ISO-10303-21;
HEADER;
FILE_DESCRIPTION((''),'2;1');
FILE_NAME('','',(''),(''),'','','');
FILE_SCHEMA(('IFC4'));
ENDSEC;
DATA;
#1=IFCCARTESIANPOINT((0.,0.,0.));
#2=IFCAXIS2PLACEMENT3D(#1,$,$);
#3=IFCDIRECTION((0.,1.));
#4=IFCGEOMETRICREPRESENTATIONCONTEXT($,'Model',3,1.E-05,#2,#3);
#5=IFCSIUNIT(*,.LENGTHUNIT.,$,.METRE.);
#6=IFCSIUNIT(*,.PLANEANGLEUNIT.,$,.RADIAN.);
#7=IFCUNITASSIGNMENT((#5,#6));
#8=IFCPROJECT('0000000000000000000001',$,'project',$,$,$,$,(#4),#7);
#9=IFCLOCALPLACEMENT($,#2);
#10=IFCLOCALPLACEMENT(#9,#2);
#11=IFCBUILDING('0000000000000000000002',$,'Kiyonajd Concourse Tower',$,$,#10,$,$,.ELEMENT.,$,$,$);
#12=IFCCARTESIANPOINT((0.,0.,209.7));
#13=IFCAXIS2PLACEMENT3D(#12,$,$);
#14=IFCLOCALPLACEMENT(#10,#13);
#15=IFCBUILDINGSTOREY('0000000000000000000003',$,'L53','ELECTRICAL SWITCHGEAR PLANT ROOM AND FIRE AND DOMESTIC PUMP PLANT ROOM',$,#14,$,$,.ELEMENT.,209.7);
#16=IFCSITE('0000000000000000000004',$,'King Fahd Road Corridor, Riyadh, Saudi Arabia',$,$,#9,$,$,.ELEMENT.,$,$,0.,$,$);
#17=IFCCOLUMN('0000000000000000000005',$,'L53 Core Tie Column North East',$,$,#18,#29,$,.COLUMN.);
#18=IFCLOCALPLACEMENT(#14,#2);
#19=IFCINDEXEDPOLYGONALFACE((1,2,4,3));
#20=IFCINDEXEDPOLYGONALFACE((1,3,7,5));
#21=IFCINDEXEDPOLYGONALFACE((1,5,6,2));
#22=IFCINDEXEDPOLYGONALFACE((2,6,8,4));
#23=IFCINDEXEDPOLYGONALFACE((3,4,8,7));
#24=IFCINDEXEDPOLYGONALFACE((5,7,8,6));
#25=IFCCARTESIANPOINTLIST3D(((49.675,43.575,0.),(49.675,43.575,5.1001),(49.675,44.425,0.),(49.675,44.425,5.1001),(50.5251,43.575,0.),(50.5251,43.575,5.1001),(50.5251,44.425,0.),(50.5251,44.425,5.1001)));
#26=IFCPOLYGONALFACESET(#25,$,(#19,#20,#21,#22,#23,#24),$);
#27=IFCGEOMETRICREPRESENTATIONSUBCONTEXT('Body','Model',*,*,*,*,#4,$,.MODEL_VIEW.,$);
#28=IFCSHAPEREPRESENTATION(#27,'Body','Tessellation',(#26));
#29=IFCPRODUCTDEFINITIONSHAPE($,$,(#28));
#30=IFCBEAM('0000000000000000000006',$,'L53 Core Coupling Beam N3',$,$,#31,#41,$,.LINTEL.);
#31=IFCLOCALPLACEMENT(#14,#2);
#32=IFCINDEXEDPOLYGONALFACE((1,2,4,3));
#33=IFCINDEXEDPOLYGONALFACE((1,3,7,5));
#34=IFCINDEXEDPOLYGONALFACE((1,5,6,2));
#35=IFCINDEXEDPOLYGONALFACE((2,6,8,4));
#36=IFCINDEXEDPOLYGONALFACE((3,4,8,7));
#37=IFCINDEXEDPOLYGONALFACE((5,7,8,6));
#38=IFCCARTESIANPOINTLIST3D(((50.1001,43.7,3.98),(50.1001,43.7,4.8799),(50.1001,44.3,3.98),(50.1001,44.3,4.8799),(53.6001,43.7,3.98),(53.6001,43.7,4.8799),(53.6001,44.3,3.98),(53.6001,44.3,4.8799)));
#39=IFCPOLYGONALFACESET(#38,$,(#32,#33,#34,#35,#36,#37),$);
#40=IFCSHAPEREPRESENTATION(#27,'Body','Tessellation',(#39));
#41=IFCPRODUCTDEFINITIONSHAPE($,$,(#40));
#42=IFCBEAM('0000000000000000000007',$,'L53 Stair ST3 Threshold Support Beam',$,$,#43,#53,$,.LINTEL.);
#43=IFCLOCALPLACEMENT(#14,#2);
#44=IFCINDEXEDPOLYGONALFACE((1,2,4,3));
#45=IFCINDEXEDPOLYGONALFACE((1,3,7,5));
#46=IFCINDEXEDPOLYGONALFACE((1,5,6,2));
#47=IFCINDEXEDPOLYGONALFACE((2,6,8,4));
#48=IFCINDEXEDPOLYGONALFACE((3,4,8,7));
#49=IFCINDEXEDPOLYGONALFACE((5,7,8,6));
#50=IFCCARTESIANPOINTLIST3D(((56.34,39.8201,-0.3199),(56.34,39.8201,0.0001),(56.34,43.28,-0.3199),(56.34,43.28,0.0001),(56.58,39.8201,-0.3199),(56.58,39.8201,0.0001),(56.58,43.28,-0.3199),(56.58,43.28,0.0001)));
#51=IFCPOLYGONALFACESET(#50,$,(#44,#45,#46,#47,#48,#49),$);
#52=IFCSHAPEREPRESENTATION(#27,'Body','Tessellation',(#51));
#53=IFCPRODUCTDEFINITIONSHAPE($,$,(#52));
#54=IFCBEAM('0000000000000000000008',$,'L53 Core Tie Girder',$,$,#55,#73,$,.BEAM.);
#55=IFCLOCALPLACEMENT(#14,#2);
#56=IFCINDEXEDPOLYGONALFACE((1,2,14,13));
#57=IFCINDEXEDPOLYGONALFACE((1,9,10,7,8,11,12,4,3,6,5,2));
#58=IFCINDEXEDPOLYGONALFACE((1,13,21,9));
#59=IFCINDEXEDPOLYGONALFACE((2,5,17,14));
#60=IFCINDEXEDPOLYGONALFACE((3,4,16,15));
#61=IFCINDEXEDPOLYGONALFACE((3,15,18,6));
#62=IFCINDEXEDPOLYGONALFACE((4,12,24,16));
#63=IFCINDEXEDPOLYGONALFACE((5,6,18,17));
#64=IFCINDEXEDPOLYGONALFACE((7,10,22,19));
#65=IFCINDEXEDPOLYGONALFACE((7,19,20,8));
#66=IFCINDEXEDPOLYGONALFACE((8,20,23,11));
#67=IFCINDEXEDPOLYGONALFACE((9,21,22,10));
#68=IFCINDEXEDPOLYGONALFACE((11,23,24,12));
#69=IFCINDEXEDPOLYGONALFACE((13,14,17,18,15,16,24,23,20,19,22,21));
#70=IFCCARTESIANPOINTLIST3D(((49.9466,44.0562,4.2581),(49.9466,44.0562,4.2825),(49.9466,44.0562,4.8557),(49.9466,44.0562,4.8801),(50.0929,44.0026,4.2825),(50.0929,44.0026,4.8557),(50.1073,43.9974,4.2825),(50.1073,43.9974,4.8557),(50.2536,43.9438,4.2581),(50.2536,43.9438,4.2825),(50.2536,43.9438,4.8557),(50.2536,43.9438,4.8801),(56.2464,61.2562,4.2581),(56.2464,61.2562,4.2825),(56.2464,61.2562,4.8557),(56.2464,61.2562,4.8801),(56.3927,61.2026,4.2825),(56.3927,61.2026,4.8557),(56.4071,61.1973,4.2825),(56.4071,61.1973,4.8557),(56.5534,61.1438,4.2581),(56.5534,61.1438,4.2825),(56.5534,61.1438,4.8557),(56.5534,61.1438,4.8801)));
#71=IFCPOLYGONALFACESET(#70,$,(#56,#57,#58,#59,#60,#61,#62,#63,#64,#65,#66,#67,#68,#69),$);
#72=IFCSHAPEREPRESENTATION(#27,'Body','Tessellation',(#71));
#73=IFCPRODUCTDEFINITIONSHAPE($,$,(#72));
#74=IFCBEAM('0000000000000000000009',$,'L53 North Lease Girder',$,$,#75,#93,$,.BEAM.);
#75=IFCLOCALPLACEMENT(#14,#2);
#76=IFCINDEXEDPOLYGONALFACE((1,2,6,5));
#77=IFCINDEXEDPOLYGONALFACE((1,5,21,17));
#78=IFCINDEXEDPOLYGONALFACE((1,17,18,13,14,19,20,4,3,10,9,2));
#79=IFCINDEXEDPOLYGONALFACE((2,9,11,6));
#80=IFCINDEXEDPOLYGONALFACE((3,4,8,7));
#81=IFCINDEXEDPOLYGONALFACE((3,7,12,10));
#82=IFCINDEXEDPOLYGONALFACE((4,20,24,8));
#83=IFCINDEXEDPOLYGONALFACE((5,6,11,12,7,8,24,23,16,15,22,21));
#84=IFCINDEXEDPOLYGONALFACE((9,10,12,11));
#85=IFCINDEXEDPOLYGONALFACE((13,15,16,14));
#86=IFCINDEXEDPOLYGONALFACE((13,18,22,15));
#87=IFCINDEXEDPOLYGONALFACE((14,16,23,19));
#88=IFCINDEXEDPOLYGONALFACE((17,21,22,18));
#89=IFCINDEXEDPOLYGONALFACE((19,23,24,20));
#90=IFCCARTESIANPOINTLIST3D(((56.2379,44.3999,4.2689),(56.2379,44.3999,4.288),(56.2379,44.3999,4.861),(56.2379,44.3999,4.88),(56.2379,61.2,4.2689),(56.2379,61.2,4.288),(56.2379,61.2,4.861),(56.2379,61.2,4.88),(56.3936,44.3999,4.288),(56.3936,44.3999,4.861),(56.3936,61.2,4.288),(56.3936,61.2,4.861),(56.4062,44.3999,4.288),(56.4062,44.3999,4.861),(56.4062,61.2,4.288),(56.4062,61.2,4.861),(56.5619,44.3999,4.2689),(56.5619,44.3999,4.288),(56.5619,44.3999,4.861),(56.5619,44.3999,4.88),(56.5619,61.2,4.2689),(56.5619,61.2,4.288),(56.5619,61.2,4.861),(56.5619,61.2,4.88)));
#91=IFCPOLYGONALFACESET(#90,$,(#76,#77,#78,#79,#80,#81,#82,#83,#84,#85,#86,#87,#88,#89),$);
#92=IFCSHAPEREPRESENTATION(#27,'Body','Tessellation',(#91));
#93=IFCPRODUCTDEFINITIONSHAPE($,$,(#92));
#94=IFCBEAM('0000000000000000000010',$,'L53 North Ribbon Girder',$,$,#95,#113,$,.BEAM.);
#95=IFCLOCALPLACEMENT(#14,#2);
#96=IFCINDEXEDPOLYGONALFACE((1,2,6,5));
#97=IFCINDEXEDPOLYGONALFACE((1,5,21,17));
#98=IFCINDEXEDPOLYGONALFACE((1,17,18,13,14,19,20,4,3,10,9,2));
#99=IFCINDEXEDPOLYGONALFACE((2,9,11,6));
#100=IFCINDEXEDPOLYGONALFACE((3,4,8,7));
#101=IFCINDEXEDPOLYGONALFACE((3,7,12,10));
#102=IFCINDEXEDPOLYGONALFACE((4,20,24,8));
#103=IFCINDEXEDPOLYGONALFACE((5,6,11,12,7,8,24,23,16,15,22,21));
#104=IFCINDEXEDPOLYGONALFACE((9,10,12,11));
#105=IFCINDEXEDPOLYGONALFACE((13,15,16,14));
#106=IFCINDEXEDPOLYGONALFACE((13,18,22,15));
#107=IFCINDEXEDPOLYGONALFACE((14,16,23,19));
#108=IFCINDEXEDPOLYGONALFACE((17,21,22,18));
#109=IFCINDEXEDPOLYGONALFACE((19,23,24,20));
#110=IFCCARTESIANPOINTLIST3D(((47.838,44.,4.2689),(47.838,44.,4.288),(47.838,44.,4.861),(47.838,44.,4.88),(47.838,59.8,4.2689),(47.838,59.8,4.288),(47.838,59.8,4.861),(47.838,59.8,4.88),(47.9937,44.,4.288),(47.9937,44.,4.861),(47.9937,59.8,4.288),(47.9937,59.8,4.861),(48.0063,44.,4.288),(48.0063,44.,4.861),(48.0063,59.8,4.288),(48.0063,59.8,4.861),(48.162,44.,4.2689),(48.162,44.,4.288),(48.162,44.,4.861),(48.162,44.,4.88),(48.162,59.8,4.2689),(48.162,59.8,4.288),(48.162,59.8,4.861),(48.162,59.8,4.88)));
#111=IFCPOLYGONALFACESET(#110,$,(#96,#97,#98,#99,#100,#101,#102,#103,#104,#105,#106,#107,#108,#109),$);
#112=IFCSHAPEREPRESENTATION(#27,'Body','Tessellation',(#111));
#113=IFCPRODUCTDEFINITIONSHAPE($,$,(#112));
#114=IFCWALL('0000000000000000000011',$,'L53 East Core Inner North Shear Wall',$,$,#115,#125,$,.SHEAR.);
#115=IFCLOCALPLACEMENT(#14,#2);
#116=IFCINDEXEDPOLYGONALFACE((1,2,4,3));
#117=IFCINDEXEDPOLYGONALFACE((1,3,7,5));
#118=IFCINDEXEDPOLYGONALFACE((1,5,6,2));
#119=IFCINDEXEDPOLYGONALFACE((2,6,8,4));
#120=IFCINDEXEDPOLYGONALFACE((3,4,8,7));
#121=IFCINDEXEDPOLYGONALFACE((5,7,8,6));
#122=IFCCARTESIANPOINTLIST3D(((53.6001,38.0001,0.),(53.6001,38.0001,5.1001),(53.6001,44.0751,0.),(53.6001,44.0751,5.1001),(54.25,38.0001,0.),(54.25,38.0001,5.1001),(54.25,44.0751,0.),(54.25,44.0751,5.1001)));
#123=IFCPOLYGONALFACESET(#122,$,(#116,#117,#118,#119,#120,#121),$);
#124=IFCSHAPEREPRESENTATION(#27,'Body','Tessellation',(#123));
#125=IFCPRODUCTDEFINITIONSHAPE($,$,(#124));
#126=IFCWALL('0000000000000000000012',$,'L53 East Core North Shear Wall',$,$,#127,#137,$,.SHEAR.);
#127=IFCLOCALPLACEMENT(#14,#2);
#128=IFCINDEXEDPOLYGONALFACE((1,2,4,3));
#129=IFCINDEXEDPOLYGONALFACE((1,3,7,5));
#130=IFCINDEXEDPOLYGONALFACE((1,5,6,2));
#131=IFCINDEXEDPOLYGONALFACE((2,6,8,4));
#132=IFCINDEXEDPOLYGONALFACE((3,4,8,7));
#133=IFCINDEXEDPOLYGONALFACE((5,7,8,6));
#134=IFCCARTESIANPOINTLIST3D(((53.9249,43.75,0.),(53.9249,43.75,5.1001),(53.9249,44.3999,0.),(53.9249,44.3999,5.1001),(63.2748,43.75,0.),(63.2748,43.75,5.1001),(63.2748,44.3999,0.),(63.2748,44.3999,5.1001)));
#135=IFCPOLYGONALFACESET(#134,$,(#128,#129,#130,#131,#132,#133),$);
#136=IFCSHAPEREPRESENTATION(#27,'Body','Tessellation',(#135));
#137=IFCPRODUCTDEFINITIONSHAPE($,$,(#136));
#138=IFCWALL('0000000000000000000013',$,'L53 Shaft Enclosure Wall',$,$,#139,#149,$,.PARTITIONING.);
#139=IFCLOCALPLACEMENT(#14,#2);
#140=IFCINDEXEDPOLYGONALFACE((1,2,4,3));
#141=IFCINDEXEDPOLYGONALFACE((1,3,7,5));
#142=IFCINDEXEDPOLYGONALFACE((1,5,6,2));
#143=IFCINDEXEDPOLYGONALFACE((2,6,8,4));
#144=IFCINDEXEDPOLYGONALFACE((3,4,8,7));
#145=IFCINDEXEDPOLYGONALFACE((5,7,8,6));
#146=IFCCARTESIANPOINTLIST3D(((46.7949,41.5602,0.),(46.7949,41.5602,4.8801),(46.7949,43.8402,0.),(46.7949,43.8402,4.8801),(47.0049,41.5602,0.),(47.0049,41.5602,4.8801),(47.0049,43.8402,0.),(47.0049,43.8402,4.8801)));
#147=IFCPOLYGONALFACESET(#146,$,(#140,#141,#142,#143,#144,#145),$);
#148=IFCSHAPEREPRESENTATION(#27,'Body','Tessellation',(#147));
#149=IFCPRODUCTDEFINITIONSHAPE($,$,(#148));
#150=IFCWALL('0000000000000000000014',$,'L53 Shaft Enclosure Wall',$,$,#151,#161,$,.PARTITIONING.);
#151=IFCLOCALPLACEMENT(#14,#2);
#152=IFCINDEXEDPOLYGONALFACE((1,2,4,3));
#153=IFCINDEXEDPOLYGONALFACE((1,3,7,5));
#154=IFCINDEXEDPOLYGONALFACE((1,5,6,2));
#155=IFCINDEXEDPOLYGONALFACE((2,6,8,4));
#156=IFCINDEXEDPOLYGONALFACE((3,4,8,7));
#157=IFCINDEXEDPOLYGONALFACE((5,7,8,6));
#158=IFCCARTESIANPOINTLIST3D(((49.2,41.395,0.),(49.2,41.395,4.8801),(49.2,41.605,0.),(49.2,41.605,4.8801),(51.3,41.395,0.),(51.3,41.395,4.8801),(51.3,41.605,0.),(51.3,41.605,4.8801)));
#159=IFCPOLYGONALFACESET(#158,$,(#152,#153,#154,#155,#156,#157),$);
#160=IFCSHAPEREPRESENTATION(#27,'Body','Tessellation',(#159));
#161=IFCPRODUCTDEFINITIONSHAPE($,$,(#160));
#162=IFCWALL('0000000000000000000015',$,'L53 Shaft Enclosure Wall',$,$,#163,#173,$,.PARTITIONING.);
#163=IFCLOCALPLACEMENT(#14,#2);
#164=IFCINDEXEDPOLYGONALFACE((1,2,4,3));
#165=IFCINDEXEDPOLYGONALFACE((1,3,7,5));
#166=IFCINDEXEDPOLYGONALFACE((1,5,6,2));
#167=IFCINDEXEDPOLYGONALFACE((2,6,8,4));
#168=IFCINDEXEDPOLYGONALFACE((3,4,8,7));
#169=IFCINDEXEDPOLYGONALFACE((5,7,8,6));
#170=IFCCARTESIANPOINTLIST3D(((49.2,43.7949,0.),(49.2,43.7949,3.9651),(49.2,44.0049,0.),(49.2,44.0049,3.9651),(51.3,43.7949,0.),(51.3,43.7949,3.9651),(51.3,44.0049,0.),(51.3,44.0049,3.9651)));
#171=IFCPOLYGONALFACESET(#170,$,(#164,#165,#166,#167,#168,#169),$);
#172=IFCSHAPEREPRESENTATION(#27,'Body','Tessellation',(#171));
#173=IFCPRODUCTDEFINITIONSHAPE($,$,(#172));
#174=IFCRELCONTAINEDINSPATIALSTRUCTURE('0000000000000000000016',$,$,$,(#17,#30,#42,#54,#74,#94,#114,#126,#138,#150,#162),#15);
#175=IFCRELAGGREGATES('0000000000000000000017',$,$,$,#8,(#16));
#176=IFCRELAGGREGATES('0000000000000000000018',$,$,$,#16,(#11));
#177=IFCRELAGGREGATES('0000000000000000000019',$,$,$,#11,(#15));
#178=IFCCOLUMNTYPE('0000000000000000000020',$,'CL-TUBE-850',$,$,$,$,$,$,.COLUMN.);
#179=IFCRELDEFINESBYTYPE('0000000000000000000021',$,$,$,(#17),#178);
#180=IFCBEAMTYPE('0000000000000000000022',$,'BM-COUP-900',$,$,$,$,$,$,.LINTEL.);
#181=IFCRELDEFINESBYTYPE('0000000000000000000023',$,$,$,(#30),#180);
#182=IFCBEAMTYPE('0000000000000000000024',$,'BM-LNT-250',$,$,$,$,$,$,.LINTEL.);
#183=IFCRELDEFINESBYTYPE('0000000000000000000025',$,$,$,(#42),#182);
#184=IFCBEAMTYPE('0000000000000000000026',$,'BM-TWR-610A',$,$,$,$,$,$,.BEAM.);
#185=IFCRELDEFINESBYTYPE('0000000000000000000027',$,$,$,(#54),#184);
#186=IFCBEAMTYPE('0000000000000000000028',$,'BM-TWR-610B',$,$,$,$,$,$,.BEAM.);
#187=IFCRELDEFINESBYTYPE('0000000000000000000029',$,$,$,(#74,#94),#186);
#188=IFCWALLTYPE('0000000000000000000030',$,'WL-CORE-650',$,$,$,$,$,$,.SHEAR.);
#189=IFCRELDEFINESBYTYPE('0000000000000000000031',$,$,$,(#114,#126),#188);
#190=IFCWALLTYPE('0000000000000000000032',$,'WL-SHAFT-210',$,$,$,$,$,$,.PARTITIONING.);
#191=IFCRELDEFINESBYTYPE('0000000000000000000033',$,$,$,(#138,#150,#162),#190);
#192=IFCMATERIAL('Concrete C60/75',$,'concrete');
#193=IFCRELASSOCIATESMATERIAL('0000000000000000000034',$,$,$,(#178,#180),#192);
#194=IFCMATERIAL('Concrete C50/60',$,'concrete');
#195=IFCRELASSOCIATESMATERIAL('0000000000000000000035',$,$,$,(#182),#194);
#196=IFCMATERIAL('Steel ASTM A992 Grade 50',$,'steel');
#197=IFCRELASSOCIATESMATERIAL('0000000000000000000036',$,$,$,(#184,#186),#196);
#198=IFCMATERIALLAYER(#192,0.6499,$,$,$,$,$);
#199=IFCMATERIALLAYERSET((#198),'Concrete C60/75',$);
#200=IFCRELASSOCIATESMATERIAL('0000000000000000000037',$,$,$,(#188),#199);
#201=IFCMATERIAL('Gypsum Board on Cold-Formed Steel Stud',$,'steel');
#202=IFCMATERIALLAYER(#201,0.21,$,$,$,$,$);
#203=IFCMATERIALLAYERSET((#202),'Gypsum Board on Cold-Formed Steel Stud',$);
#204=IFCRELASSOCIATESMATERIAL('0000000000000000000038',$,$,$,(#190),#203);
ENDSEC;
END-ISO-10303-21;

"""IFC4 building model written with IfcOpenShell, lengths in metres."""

from ifc_helpers import new_model, si_unit, direction, frame, frame_2d, origin, origin_2d, place, context, subcontext, project, spatial, rectangle, i_section, extrude, material, layer, layer_set, material_profile, profile_set, type_object, element, save


model = new_model("IFC4")

# Units and contexts
model_context = context("Model", 3, precision=1e-05, world=origin(), true_north=direction((0.0, 1.0)))
body_context = subcontext(model_context, "Body", "Model", "MODEL_VIEW")
ifc_project = project(units=[si_unit("LENGTHUNIT", "METRE"), si_unit("PLANEANGLEUNIT", "RADIAN")], contexts=[model_context])

# Site, building, storey
site_placement = place(None, origin())
site = spatial("IfcSite", under=ifc_project, at=site_placement, Name="King Fahd Road Corridor, Riyadh, Saudi Arabia", CompositionType="ELEMENT", RefElevation=0.0)
building_placement = place(site_placement, origin())
building = spatial("IfcBuilding", under=site, at=building_placement, Name="Kiyonajd Concourse Tower", CompositionType="ELEMENT")
storey_placement = place(building_placement, frame((0.0, 0.0, 209.7)))
storey = spatial("IfcBuildingStorey", under=building, at=storey_placement, Name="L53", Description="ELECTRICAL SWITCHGEAR PLANT ROOM AND FIRE AND DOMESTIC PUMP PLANT ROOM", CompositionType="ELEMENT", Elevation=209.7)

# Column
ifc_material_1 = material(Name="Concrete C60/75", Category="concrete")
ifc_material_profile_1 = material_profile(ifc_material_1, rectangle(XDim=0.8501, YDim=0.8501, at=origin_2d()), Name="RC-850x850")
ifc_profile_set_1 = profile_set([ifc_material_profile_1], Name="Concrete C60/75")
column_type = type_object("IfcColumnType", Name="CL-TUBE-850", PredefinedType="COLUMN", material=ifc_profile_set_1)
column_placement = place(storey_placement, frame((50.1001, 44.0, 0.0), z_axis=(0.0, 0.0, 1.0), x_axis=(1.0, 0.0, 0.0)))
element("IfcColumn", 1, at=column_placement, inside=storey, type_object=column_type, Name="L53 Core Tie Column North East", PredefinedType="COLUMN", context=body_context, shape_type="SweptSolid", body=[
    extrude(rectangle(XDim=0.8501, YDim=0.8501, at=origin_2d()), origin(), (0.0, 0.0, 1.0), 5.1001),
])

# Beams
ifc_material_profile_2 = material_profile(ifc_material_1, rectangle(XDim=0.6001, YDim=0.8999, at=origin_2d()), Name="RCBM-600x900")
ifc_profile_set_2 = profile_set([ifc_material_profile_2], Name="Concrete C60/75")
beam_type_1 = type_object("IfcBeamType", Name="BM-COUP-900", PredefinedType="LINTEL", material=ifc_profile_set_2)
beam_1_placement = place(storey_placement, frame((50.1001, 44.0, 4.4299), z_axis=(1.0, 0.0, 0.0), x_axis=(0.0, 1.0, 0.0)))
element("IfcBeam", 2, at=beam_1_placement, inside=storey, type_object=beam_type_1, Name="L53 Core Coupling Beam N3", PredefinedType="LINTEL", context=body_context, shape_type="SweptSolid", body=[
    extrude(rectangle(XDim=0.6001, YDim=0.8999, at=origin_2d()), origin(), (0.0, 0.0, 1.0), 3.5),
])
ifc_material_2 = material(Name="Concrete C50/60", Category="concrete")
ifc_material_profile_3 = material_profile(ifc_material_2, rectangle(XDim=0.24, YDim=0.3201, at=origin_2d()), Name="RCBM-240x320")
ifc_profile_set_3 = profile_set([ifc_material_profile_3], Name="Concrete C50/60")
beam_type_2 = type_object("IfcBeamType", Name="BM-LNT-250", PredefinedType="LINTEL", material=ifc_profile_set_3)
beam_2_placement = place(storey_placement, frame((56.46, 39.8201, -0.1599), z_axis=(0.0, 1.0, 0.0), x_axis=(-1.0, 0.0, 0.0)))
element("IfcBeam", 3, at=beam_2_placement, inside=storey, type_object=beam_type_2, Name="L53 Stair ST3 Threshold Support Beam", PredefinedType="LINTEL", context=body_context, shape_type="SweptSolid", body=[
    extrude(rectangle(XDim=0.24, YDim=0.3201, at=origin_2d()), origin(), (0.0, 0.0, 1.0), 3.46),
])
ifc_material_3 = material(Name="Steel ASTM A992 Grade 50", Category="steel")
ifc_material_profile_4 = material_profile(ifc_material_3, i_section(OverallWidth=0.3269, OverallDepth=0.6221, WebThickness=0.0154, FlangeThickness=0.0244, at=origin_2d()), Name="W610X195")
ifc_profile_set_4 = profile_set([ifc_material_profile_4], Name="Steel ASTM A992 Grade 50")
beam_type_3 = type_object("IfcBeamType", Name="BM-TWR-610A", PredefinedType="BEAM", material=ifc_profile_set_4)
beam_3_placement = place(storey_placement, frame((50.1001, 44.0, 4.5691), z_axis=(0.343925, 0.938997, 0.0), x_axis=(-0.938997, 0.343925, 0.0)))
element("IfcBeam", 4, at=beam_3_placement, inside=storey, type_object=beam_type_3, Name="L53 Core Tie Girder", PredefinedType="BEAM", context=body_context, shape_type="SweptSolid", body=[
    extrude(i_section(OverallWidth=0.3269, OverallDepth=0.6221, WebThickness=0.0154, FlangeThickness=0.0244, at=origin_2d()), origin(), (0.0, 0.0, 1.0), 18.3174),
])
ifc_material_profile_5 = material_profile(ifc_material_3, i_section(OverallWidth=0.324, OverallDepth=0.6111, WebThickness=0.0127, FlangeThickness=0.019, at=origin_2d()), Name="W610X155")
ifc_profile_set_5 = profile_set([ifc_material_profile_5], Name="Steel ASTM A992 Grade 50")
beam_type_4 = type_object("IfcBeamType", Name="BM-TWR-610B", PredefinedType="BEAM", material=ifc_profile_set_5)
beam_4_placement = place(storey_placement, frame((56.3999, 44.3999, 4.5745), z_axis=(0.0, 1.0, 0.0), x_axis=(-1.0, 0.0, 0.0)))
element("IfcBeam", 5, at=beam_4_placement, inside=storey, type_object=beam_type_4, Name="L53 North Lease Girder", PredefinedType="BEAM", context=body_context, shape_type="SweptSolid", body=[
    extrude(i_section(OverallWidth=0.324, OverallDepth=0.6111, WebThickness=0.0127, FlangeThickness=0.019, at=origin_2d()), origin(), (0.0, 0.0, 1.0), 16.8),
])
beam_5_placement = place(storey_placement, frame((48.0, 44.0, 4.5745), z_axis=(0.0, 1.0, 0.0), x_axis=(-1.0, 0.0, 0.0)))
element("IfcBeam", 6, at=beam_5_placement, inside=storey, type_object=beam_type_4, Name="L53 North Ribbon Girder", PredefinedType="BEAM", context=body_context, shape_type="SweptSolid", body=[
    extrude(i_section(OverallWidth=0.324, OverallDepth=0.6111, WebThickness=0.0127, FlangeThickness=0.019, at=origin_2d()), origin(), (0.0, 0.0, 1.0), 15.8),
])

# Walls
ifc_layer_1 = layer(ifc_material_1, 0.6499)
ifc_layer_set_1 = layer_set([ifc_layer_1], Name="Concrete C60/75")
wall_type_1 = type_object("IfcWallType", Name="WL-CORE-650", PredefinedType="SHEAR", material=ifc_layer_set_1)
wall_1_placement = place(storey_placement, frame((53.925, 38.0, 0.0), z_axis=(0.0, 0.0, 1.0), x_axis=(0.0, 1.0, 0.0)))
element("IfcWall", 7, at=wall_1_placement, inside=storey, type_object=wall_type_1, Name="L53 East Core Inner North Shear Wall", PredefinedType="SHEAR", context=body_context, shape_type="SweptSolid", body=[
    extrude(rectangle(XDim=6.075, YDim=0.6499, at=frame_2d((3.0376, 0.0))), origin(), (0.0, 0.0, 1.0), 5.1001),
])
wall_2_placement = place(storey_placement, frame((53.925, 44.075, 0.0), z_axis=(0.0, 0.0, 1.0), x_axis=(1.0, 0.0, 0.0)))
element("IfcWall", 8, at=wall_2_placement, inside=storey, type_object=wall_type_1, Name="L53 East Core North Shear Wall", PredefinedType="SHEAR", context=body_context, shape_type="SweptSolid", body=[
    extrude(rectangle(XDim=9.3499, YDim=0.6499, at=frame_2d((4.6748, 0.0))), origin(), (0.0, 0.0, 1.0), 5.1001),
])
ifc_material_4 = material(Name="Gypsum Board on Cold-Formed Steel Stud", Category="steel")
ifc_layer_2 = layer(ifc_material_4, 0.21)
ifc_layer_set_2 = layer_set([ifc_layer_2], Name="Gypsum Board on Cold-Formed Steel Stud")
wall_type_2 = type_object("IfcWallType", Name="WL-SHAFT-210", PredefinedType="PARTITIONING", material=ifc_layer_set_2)
wall_3_placement = place(storey_placement, frame((46.8999, 41.5601, 0.0), z_axis=(0.0, 0.0, 1.0), x_axis=(0.0, 1.0, 0.0)))
element("IfcWall", 9, at=wall_3_placement, inside=storey, type_object=wall_type_2, Name="L53 Shaft Enclosure Wall", PredefinedType="PARTITIONING", context=body_context, shape_type="SweptSolid", body=[
    extrude(rectangle(XDim=2.28, YDim=0.21, at=frame_2d((1.1401, 0.0))), origin(), (0.0, 0.0, 1.0), 4.8801),
])
wall_4_placement = place(storey_placement, frame((49.2, 41.5, 0.0), z_axis=(0.0, 0.0, 1.0), x_axis=(1.0, 0.0, 0.0)))
element("IfcWall", 10, at=wall_4_placement, inside=storey, type_object=wall_type_2, Name="L53 Shaft Enclosure Wall", PredefinedType="PARTITIONING", context=body_context, shape_type="SweptSolid", body=[
    extrude(rectangle(XDim=2.1001, YDim=0.21, at=frame_2d((1.05, 0.0))), origin(), (0.0, 0.0, 1.0), 4.8801),
])
wall_5_placement = place(storey_placement, frame((49.2, 43.8999, 0.0), z_axis=(0.0, 0.0, 1.0), x_axis=(1.0, 0.0, 0.0)))
element("IfcWall", 11, at=wall_5_placement, inside=storey, type_object=wall_type_2, Name="L53 Shaft Enclosure Wall", PredefinedType="PARTITIONING", context=body_context, shape_type="SweptSolid", body=[
    extrude(rectangle(XDim=2.1001, YDim=0.21, at=frame_2d((1.05, 0.0))), origin(), (0.0, 0.0, 1.0), 3.9651),
])

save(model, "model.ifc")
